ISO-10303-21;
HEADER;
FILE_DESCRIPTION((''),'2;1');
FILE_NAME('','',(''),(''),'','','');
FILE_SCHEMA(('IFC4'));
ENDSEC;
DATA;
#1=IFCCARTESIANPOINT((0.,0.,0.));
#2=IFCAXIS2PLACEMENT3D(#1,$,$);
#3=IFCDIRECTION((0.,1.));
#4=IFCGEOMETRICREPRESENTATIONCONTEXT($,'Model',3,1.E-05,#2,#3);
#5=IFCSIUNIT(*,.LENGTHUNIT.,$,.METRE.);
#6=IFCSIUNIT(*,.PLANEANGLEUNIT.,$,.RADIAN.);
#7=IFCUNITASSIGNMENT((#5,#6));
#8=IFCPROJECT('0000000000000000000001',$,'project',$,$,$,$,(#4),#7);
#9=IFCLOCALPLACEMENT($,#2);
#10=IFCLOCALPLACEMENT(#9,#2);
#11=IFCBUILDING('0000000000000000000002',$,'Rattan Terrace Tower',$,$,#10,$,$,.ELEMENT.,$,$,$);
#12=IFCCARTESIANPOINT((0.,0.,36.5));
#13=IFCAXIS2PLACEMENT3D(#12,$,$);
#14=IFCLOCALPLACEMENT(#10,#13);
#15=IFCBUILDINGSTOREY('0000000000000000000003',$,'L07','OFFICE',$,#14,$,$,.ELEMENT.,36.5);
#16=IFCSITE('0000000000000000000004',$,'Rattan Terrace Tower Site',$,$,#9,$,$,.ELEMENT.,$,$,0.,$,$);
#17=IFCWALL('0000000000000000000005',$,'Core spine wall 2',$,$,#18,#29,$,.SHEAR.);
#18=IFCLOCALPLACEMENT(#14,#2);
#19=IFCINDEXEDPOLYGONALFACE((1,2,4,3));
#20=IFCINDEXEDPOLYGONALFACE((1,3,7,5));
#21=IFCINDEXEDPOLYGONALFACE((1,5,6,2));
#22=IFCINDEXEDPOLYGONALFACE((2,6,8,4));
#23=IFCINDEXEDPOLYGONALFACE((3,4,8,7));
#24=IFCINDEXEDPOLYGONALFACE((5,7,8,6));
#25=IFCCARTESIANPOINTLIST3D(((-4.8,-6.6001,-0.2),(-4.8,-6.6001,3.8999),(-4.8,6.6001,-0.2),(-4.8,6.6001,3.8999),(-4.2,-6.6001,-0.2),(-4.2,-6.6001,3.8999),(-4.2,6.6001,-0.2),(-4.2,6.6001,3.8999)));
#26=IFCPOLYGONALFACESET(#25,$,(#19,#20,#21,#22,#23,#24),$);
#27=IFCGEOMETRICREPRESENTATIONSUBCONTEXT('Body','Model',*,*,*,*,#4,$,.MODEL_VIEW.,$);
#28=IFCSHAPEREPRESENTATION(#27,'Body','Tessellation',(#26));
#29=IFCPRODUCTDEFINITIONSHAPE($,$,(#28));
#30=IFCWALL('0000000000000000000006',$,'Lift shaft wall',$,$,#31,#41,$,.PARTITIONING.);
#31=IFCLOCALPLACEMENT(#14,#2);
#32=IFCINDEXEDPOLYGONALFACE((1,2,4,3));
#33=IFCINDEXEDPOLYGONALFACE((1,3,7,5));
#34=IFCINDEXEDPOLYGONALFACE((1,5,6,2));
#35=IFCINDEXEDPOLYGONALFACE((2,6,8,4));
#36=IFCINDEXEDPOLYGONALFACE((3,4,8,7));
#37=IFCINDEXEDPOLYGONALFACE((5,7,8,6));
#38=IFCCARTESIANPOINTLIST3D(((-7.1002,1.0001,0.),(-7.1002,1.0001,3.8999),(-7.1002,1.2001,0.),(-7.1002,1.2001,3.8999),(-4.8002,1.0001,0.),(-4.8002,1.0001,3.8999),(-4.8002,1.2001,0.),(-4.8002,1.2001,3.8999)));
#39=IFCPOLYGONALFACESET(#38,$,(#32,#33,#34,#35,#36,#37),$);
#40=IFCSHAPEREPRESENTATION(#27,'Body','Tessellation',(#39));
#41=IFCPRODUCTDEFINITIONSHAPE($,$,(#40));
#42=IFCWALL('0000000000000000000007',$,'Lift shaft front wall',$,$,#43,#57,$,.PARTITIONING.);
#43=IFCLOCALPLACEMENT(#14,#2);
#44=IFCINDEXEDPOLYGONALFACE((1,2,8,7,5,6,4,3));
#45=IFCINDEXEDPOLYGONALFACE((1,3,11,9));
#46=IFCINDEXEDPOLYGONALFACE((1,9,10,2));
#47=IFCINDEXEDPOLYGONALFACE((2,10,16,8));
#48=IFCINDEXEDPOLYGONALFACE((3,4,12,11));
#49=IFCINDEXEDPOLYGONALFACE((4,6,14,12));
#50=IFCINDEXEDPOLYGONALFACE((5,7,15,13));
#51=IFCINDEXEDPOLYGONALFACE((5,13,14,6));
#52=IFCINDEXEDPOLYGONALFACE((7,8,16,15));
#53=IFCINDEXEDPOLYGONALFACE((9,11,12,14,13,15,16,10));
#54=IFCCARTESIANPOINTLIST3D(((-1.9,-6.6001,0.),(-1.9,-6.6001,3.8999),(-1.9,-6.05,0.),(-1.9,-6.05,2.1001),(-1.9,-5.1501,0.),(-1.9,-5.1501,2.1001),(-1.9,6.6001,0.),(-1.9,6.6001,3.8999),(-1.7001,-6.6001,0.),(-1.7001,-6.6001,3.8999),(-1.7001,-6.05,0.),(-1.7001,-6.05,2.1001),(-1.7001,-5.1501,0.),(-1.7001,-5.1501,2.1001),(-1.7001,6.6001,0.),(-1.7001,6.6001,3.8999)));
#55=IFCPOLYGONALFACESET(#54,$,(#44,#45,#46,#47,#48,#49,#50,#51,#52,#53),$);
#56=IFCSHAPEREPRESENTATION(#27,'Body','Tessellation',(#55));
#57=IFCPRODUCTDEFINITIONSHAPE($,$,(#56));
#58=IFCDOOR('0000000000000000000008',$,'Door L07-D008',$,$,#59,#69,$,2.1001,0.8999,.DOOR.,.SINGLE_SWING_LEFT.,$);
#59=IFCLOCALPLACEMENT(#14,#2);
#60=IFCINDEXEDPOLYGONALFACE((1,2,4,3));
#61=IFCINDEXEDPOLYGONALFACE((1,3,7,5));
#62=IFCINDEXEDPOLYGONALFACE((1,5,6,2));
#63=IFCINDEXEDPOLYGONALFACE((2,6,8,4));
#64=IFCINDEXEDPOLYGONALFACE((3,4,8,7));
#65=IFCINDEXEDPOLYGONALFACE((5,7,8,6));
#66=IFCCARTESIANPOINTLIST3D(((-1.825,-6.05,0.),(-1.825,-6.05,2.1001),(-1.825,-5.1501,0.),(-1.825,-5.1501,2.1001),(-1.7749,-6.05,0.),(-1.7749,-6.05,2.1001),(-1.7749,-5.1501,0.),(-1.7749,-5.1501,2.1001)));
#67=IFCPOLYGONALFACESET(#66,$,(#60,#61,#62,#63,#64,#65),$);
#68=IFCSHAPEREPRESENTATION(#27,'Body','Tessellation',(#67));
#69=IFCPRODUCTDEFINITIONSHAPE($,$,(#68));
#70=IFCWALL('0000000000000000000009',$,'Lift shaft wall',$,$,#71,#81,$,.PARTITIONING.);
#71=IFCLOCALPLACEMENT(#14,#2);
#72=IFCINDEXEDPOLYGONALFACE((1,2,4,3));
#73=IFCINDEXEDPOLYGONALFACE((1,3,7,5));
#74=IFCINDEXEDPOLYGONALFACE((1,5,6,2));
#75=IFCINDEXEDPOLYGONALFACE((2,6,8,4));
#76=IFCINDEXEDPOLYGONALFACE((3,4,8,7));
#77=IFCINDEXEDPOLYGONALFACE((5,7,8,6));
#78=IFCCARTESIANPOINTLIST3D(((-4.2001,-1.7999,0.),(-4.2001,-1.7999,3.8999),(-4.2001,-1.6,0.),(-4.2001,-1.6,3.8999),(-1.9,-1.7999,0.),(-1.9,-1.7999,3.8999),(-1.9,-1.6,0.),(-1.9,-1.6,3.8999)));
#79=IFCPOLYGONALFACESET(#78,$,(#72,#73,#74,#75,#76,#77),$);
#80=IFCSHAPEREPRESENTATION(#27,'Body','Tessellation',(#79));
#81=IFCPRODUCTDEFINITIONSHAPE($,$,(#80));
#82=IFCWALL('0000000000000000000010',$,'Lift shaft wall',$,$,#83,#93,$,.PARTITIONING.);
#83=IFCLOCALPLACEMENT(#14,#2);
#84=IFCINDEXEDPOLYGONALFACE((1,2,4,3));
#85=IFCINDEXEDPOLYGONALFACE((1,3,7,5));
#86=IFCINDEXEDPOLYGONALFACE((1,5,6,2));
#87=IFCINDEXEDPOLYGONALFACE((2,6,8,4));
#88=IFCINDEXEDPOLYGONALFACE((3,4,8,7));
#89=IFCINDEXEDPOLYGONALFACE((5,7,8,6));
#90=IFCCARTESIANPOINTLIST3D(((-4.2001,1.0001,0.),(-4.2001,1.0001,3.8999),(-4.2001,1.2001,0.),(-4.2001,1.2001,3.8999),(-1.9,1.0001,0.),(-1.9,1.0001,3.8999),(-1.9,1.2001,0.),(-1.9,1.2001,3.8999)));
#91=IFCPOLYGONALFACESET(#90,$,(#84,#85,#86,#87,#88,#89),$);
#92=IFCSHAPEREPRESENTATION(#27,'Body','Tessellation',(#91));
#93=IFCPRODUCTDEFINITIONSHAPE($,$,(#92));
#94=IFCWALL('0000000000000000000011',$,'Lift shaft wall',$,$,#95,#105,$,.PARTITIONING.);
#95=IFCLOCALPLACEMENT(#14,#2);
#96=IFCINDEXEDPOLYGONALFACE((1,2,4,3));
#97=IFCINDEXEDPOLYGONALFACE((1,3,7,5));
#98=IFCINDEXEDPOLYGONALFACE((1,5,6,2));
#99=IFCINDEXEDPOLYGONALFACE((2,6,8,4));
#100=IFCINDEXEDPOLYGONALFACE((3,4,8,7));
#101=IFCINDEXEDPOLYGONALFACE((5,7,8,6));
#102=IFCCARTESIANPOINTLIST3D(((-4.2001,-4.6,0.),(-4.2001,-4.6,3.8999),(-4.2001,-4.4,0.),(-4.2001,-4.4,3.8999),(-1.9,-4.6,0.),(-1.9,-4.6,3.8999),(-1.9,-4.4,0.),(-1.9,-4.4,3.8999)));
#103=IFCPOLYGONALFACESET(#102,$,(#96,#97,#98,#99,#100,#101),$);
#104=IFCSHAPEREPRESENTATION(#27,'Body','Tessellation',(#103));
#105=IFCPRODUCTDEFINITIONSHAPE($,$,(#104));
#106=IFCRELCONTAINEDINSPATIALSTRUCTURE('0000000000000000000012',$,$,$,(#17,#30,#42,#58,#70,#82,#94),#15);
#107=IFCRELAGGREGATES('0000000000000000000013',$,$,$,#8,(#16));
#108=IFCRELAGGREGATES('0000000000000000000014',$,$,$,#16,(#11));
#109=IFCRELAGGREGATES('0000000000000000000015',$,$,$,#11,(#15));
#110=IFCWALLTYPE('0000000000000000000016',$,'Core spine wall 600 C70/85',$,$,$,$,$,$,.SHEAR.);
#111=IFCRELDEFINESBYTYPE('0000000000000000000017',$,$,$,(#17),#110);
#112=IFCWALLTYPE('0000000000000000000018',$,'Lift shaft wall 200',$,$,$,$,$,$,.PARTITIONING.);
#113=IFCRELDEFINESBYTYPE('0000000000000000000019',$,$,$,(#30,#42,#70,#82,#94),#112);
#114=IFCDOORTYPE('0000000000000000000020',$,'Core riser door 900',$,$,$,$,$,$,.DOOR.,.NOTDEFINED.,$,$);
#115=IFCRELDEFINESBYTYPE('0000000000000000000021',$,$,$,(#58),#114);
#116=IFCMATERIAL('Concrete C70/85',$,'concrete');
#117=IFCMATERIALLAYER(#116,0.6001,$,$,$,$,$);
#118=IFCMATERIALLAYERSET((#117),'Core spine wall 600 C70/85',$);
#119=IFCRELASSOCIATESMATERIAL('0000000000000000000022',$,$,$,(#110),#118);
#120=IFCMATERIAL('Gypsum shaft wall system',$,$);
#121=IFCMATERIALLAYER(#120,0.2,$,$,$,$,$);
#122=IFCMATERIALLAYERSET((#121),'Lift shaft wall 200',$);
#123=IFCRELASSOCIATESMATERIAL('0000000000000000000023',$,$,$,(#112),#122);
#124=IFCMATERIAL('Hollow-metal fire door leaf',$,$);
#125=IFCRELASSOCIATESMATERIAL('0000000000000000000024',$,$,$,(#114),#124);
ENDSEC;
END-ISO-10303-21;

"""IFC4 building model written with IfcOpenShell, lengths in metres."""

from ifc_helpers import new_model, si_unit, direction, frame, frame_2d, origin, place, context, subcontext, project, spatial, rectangle, extrude, material, layer, layer_set, type_object, element, fill, save


model = new_model("IFC4")

# Units and contexts
model_context = context("Model", 3, precision=1e-05, world=origin(), true_north=direction((0.0, 1.0)))
body_context = subcontext(model_context, "Body", "Model", "MODEL_VIEW")
ifc_project = project(units=[si_unit("LENGTHUNIT", "METRE"), si_unit("PLANEANGLEUNIT", "RADIAN")], contexts=[model_context])

# Site, building, storey
site_placement = place(None, origin())
site = spatial("IfcSite", under=ifc_project, at=site_placement, Name="Rattan Terrace Tower Site", CompositionType="ELEMENT", RefElevation=0.0)
building_placement = place(site_placement, origin())
building = spatial("IfcBuilding", under=site, at=building_placement, Name="Rattan Terrace Tower", CompositionType="ELEMENT")
storey_placement = place(building_placement, frame((0.0, 0.0, 36.5)))
storey = spatial("IfcBuildingStorey", under=building, at=storey_placement, Name="L07", Description="OFFICE", CompositionType="ELEMENT", Elevation=36.5)

# Walls
ifc_material_1 = material(Name="Concrete C70/85", Category="concrete")
ifc_layer_1 = layer(ifc_material_1, 0.6001)
ifc_layer_set_1 = layer_set([ifc_layer_1], Name="Core spine wall 600 C70/85")
wall_type_1 = type_object("IfcWallType", Name="Core spine wall 600 C70/85", PredefinedType="SHEAR", material=ifc_layer_set_1)
wall_1_placement = place(storey_placement, frame((-4.5, -6.6001, -0.2), z_axis=(0.0, 0.0, 1.0), x_axis=(0.0, 1.0, 0.0)))
element("IfcWall", 1, at=wall_1_placement, inside=storey, type_object=wall_type_1, Name="Core spine wall 2", PredefinedType="SHEAR", context=body_context, shape_type="SweptSolid", body=[
    extrude(rectangle(XDim=13.2002, YDim=0.6001, at=frame_2d((6.6001, 0.0))), origin(), (0.0, 0.0, 1.0), 4.0999),
])
ifc_material_2 = material(Name="Gypsum shaft wall system")
ifc_layer_2 = layer(ifc_material_2, 0.2)
ifc_layer_set_2 = layer_set([ifc_layer_2], Name="Lift shaft wall 200")
wall_type_2 = type_object("IfcWallType", Name="Lift shaft wall 200", PredefinedType="PARTITIONING", material=ifc_layer_set_2)
wall_2_placement = place(storey_placement, frame((-7.1001, 1.1001, 0.0), z_axis=(0.0, 0.0, 1.0), x_axis=(1.0, 0.0, 0.0)))
element("IfcWall", 2, at=wall_2_placement, inside=storey, type_object=wall_type_2, Name="Lift shaft wall", PredefinedType="PARTITIONING", context=body_context, shape_type="SweptSolid", body=[
    extrude(rectangle(XDim=2.3, YDim=0.2, at=frame_2d((1.1499, 0.0))), origin(), (0.0, 0.0, 1.0), 3.8999),
])

# Wall, opening, door
wall_3_placement = place(storey_placement, frame((-1.8, -6.6001, 0.0), z_axis=(0.0, 0.0, 1.0), x_axis=(0.0, 1.0, 0.0)))
wall_3 = element("IfcWall", 3, at=wall_3_placement, inside=storey, type_object=wall_type_2, Name="Lift shaft front wall", PredefinedType="PARTITIONING", context=body_context, shape_type="SweptSolid", body=[
    extrude(rectangle(XDim=13.2002, YDim=0.2, at=frame_2d((6.6001, 0.0))), origin(), (0.0, 0.0, 1.0), 3.8999),
])
opening_placement = place(wall_3_placement, frame((0.55, 0.0, 0.0)))
opening = element("IfcOpeningElement", 4, at=opening_placement, cuts=wall_3, PredefinedType="OPENING", context=body_context, shape_type="SweptSolid", body=[
    extrude(rectangle(XDim=0.8999, YDim=2.1001, at=frame_2d((0.45, 1.05))), frame((0.0, 0.1106, 0.0), z_axis=(0.0, -1.0, 0.0), x_axis=(1.0, 0.0, 0.0)), (0.0, 0.0, 1.0), 0.2209),
])
ifc_material_3 = material(Name="Hollow-metal fire door leaf")
door_type = type_object("IfcDoorType", Name="Core riser door 900", OperationType="NOTDEFINED", PredefinedType="DOOR", material=ifc_material_3)
door_placement = place(opening_placement, origin())
door = element("IfcDoor", 5, at=door_placement, inside=storey, type_object=door_type, Name="Door L07-D008", OperationType="SINGLE_SWING_LEFT", OverallHeight=2.1001, OverallWidth=0.8999, PredefinedType="DOOR", context=body_context, shape_type="SweptSolid", body=[
    extrude(rectangle(XDim=0.8999, YDim=2.1001, at=frame_2d((0.45, 1.05))), frame((0.0, 0.0249, 0.0), z_axis=(0.0, -1.0, 0.0), x_axis=(1.0, 0.0, 0.0)), (0.0, 0.0, 1.0), 0.05),
])
fill(opening, door)

# Walls
for number, where, z_axis, x_axis, name in (
    (6, (-4.2, -1.7, 0.0), (0.0, 0.0, 1.0), (1.0, 0.0, 0.0), "Lift shaft wall"),
    (7, (-4.2, 1.1001, 0.0), (0.0, 0.0, 1.0), (1.0, 0.0, 0.0), "Lift shaft wall"),
    (8, (-4.2, -4.5, 0.0), (0.0, 0.0, 1.0), (1.0, 0.0, 0.0), "Lift shaft wall"),
):
    element("IfcWall", number, at=place(storey_placement, frame(where, z_axis=z_axis, x_axis=x_axis)), inside=storey, type_object=wall_type_2, Name=name, PredefinedType="PARTITIONING", context=body_context, shape_type="SweptSolid", body=[
        extrude(rectangle(XDim=2.3, YDim=0.2, at=frame_2d((1.1499, 0.0))), origin(), (0.0, 0.0, 1.0), 3.8999),
    ])

save(model, "model.ifc")
